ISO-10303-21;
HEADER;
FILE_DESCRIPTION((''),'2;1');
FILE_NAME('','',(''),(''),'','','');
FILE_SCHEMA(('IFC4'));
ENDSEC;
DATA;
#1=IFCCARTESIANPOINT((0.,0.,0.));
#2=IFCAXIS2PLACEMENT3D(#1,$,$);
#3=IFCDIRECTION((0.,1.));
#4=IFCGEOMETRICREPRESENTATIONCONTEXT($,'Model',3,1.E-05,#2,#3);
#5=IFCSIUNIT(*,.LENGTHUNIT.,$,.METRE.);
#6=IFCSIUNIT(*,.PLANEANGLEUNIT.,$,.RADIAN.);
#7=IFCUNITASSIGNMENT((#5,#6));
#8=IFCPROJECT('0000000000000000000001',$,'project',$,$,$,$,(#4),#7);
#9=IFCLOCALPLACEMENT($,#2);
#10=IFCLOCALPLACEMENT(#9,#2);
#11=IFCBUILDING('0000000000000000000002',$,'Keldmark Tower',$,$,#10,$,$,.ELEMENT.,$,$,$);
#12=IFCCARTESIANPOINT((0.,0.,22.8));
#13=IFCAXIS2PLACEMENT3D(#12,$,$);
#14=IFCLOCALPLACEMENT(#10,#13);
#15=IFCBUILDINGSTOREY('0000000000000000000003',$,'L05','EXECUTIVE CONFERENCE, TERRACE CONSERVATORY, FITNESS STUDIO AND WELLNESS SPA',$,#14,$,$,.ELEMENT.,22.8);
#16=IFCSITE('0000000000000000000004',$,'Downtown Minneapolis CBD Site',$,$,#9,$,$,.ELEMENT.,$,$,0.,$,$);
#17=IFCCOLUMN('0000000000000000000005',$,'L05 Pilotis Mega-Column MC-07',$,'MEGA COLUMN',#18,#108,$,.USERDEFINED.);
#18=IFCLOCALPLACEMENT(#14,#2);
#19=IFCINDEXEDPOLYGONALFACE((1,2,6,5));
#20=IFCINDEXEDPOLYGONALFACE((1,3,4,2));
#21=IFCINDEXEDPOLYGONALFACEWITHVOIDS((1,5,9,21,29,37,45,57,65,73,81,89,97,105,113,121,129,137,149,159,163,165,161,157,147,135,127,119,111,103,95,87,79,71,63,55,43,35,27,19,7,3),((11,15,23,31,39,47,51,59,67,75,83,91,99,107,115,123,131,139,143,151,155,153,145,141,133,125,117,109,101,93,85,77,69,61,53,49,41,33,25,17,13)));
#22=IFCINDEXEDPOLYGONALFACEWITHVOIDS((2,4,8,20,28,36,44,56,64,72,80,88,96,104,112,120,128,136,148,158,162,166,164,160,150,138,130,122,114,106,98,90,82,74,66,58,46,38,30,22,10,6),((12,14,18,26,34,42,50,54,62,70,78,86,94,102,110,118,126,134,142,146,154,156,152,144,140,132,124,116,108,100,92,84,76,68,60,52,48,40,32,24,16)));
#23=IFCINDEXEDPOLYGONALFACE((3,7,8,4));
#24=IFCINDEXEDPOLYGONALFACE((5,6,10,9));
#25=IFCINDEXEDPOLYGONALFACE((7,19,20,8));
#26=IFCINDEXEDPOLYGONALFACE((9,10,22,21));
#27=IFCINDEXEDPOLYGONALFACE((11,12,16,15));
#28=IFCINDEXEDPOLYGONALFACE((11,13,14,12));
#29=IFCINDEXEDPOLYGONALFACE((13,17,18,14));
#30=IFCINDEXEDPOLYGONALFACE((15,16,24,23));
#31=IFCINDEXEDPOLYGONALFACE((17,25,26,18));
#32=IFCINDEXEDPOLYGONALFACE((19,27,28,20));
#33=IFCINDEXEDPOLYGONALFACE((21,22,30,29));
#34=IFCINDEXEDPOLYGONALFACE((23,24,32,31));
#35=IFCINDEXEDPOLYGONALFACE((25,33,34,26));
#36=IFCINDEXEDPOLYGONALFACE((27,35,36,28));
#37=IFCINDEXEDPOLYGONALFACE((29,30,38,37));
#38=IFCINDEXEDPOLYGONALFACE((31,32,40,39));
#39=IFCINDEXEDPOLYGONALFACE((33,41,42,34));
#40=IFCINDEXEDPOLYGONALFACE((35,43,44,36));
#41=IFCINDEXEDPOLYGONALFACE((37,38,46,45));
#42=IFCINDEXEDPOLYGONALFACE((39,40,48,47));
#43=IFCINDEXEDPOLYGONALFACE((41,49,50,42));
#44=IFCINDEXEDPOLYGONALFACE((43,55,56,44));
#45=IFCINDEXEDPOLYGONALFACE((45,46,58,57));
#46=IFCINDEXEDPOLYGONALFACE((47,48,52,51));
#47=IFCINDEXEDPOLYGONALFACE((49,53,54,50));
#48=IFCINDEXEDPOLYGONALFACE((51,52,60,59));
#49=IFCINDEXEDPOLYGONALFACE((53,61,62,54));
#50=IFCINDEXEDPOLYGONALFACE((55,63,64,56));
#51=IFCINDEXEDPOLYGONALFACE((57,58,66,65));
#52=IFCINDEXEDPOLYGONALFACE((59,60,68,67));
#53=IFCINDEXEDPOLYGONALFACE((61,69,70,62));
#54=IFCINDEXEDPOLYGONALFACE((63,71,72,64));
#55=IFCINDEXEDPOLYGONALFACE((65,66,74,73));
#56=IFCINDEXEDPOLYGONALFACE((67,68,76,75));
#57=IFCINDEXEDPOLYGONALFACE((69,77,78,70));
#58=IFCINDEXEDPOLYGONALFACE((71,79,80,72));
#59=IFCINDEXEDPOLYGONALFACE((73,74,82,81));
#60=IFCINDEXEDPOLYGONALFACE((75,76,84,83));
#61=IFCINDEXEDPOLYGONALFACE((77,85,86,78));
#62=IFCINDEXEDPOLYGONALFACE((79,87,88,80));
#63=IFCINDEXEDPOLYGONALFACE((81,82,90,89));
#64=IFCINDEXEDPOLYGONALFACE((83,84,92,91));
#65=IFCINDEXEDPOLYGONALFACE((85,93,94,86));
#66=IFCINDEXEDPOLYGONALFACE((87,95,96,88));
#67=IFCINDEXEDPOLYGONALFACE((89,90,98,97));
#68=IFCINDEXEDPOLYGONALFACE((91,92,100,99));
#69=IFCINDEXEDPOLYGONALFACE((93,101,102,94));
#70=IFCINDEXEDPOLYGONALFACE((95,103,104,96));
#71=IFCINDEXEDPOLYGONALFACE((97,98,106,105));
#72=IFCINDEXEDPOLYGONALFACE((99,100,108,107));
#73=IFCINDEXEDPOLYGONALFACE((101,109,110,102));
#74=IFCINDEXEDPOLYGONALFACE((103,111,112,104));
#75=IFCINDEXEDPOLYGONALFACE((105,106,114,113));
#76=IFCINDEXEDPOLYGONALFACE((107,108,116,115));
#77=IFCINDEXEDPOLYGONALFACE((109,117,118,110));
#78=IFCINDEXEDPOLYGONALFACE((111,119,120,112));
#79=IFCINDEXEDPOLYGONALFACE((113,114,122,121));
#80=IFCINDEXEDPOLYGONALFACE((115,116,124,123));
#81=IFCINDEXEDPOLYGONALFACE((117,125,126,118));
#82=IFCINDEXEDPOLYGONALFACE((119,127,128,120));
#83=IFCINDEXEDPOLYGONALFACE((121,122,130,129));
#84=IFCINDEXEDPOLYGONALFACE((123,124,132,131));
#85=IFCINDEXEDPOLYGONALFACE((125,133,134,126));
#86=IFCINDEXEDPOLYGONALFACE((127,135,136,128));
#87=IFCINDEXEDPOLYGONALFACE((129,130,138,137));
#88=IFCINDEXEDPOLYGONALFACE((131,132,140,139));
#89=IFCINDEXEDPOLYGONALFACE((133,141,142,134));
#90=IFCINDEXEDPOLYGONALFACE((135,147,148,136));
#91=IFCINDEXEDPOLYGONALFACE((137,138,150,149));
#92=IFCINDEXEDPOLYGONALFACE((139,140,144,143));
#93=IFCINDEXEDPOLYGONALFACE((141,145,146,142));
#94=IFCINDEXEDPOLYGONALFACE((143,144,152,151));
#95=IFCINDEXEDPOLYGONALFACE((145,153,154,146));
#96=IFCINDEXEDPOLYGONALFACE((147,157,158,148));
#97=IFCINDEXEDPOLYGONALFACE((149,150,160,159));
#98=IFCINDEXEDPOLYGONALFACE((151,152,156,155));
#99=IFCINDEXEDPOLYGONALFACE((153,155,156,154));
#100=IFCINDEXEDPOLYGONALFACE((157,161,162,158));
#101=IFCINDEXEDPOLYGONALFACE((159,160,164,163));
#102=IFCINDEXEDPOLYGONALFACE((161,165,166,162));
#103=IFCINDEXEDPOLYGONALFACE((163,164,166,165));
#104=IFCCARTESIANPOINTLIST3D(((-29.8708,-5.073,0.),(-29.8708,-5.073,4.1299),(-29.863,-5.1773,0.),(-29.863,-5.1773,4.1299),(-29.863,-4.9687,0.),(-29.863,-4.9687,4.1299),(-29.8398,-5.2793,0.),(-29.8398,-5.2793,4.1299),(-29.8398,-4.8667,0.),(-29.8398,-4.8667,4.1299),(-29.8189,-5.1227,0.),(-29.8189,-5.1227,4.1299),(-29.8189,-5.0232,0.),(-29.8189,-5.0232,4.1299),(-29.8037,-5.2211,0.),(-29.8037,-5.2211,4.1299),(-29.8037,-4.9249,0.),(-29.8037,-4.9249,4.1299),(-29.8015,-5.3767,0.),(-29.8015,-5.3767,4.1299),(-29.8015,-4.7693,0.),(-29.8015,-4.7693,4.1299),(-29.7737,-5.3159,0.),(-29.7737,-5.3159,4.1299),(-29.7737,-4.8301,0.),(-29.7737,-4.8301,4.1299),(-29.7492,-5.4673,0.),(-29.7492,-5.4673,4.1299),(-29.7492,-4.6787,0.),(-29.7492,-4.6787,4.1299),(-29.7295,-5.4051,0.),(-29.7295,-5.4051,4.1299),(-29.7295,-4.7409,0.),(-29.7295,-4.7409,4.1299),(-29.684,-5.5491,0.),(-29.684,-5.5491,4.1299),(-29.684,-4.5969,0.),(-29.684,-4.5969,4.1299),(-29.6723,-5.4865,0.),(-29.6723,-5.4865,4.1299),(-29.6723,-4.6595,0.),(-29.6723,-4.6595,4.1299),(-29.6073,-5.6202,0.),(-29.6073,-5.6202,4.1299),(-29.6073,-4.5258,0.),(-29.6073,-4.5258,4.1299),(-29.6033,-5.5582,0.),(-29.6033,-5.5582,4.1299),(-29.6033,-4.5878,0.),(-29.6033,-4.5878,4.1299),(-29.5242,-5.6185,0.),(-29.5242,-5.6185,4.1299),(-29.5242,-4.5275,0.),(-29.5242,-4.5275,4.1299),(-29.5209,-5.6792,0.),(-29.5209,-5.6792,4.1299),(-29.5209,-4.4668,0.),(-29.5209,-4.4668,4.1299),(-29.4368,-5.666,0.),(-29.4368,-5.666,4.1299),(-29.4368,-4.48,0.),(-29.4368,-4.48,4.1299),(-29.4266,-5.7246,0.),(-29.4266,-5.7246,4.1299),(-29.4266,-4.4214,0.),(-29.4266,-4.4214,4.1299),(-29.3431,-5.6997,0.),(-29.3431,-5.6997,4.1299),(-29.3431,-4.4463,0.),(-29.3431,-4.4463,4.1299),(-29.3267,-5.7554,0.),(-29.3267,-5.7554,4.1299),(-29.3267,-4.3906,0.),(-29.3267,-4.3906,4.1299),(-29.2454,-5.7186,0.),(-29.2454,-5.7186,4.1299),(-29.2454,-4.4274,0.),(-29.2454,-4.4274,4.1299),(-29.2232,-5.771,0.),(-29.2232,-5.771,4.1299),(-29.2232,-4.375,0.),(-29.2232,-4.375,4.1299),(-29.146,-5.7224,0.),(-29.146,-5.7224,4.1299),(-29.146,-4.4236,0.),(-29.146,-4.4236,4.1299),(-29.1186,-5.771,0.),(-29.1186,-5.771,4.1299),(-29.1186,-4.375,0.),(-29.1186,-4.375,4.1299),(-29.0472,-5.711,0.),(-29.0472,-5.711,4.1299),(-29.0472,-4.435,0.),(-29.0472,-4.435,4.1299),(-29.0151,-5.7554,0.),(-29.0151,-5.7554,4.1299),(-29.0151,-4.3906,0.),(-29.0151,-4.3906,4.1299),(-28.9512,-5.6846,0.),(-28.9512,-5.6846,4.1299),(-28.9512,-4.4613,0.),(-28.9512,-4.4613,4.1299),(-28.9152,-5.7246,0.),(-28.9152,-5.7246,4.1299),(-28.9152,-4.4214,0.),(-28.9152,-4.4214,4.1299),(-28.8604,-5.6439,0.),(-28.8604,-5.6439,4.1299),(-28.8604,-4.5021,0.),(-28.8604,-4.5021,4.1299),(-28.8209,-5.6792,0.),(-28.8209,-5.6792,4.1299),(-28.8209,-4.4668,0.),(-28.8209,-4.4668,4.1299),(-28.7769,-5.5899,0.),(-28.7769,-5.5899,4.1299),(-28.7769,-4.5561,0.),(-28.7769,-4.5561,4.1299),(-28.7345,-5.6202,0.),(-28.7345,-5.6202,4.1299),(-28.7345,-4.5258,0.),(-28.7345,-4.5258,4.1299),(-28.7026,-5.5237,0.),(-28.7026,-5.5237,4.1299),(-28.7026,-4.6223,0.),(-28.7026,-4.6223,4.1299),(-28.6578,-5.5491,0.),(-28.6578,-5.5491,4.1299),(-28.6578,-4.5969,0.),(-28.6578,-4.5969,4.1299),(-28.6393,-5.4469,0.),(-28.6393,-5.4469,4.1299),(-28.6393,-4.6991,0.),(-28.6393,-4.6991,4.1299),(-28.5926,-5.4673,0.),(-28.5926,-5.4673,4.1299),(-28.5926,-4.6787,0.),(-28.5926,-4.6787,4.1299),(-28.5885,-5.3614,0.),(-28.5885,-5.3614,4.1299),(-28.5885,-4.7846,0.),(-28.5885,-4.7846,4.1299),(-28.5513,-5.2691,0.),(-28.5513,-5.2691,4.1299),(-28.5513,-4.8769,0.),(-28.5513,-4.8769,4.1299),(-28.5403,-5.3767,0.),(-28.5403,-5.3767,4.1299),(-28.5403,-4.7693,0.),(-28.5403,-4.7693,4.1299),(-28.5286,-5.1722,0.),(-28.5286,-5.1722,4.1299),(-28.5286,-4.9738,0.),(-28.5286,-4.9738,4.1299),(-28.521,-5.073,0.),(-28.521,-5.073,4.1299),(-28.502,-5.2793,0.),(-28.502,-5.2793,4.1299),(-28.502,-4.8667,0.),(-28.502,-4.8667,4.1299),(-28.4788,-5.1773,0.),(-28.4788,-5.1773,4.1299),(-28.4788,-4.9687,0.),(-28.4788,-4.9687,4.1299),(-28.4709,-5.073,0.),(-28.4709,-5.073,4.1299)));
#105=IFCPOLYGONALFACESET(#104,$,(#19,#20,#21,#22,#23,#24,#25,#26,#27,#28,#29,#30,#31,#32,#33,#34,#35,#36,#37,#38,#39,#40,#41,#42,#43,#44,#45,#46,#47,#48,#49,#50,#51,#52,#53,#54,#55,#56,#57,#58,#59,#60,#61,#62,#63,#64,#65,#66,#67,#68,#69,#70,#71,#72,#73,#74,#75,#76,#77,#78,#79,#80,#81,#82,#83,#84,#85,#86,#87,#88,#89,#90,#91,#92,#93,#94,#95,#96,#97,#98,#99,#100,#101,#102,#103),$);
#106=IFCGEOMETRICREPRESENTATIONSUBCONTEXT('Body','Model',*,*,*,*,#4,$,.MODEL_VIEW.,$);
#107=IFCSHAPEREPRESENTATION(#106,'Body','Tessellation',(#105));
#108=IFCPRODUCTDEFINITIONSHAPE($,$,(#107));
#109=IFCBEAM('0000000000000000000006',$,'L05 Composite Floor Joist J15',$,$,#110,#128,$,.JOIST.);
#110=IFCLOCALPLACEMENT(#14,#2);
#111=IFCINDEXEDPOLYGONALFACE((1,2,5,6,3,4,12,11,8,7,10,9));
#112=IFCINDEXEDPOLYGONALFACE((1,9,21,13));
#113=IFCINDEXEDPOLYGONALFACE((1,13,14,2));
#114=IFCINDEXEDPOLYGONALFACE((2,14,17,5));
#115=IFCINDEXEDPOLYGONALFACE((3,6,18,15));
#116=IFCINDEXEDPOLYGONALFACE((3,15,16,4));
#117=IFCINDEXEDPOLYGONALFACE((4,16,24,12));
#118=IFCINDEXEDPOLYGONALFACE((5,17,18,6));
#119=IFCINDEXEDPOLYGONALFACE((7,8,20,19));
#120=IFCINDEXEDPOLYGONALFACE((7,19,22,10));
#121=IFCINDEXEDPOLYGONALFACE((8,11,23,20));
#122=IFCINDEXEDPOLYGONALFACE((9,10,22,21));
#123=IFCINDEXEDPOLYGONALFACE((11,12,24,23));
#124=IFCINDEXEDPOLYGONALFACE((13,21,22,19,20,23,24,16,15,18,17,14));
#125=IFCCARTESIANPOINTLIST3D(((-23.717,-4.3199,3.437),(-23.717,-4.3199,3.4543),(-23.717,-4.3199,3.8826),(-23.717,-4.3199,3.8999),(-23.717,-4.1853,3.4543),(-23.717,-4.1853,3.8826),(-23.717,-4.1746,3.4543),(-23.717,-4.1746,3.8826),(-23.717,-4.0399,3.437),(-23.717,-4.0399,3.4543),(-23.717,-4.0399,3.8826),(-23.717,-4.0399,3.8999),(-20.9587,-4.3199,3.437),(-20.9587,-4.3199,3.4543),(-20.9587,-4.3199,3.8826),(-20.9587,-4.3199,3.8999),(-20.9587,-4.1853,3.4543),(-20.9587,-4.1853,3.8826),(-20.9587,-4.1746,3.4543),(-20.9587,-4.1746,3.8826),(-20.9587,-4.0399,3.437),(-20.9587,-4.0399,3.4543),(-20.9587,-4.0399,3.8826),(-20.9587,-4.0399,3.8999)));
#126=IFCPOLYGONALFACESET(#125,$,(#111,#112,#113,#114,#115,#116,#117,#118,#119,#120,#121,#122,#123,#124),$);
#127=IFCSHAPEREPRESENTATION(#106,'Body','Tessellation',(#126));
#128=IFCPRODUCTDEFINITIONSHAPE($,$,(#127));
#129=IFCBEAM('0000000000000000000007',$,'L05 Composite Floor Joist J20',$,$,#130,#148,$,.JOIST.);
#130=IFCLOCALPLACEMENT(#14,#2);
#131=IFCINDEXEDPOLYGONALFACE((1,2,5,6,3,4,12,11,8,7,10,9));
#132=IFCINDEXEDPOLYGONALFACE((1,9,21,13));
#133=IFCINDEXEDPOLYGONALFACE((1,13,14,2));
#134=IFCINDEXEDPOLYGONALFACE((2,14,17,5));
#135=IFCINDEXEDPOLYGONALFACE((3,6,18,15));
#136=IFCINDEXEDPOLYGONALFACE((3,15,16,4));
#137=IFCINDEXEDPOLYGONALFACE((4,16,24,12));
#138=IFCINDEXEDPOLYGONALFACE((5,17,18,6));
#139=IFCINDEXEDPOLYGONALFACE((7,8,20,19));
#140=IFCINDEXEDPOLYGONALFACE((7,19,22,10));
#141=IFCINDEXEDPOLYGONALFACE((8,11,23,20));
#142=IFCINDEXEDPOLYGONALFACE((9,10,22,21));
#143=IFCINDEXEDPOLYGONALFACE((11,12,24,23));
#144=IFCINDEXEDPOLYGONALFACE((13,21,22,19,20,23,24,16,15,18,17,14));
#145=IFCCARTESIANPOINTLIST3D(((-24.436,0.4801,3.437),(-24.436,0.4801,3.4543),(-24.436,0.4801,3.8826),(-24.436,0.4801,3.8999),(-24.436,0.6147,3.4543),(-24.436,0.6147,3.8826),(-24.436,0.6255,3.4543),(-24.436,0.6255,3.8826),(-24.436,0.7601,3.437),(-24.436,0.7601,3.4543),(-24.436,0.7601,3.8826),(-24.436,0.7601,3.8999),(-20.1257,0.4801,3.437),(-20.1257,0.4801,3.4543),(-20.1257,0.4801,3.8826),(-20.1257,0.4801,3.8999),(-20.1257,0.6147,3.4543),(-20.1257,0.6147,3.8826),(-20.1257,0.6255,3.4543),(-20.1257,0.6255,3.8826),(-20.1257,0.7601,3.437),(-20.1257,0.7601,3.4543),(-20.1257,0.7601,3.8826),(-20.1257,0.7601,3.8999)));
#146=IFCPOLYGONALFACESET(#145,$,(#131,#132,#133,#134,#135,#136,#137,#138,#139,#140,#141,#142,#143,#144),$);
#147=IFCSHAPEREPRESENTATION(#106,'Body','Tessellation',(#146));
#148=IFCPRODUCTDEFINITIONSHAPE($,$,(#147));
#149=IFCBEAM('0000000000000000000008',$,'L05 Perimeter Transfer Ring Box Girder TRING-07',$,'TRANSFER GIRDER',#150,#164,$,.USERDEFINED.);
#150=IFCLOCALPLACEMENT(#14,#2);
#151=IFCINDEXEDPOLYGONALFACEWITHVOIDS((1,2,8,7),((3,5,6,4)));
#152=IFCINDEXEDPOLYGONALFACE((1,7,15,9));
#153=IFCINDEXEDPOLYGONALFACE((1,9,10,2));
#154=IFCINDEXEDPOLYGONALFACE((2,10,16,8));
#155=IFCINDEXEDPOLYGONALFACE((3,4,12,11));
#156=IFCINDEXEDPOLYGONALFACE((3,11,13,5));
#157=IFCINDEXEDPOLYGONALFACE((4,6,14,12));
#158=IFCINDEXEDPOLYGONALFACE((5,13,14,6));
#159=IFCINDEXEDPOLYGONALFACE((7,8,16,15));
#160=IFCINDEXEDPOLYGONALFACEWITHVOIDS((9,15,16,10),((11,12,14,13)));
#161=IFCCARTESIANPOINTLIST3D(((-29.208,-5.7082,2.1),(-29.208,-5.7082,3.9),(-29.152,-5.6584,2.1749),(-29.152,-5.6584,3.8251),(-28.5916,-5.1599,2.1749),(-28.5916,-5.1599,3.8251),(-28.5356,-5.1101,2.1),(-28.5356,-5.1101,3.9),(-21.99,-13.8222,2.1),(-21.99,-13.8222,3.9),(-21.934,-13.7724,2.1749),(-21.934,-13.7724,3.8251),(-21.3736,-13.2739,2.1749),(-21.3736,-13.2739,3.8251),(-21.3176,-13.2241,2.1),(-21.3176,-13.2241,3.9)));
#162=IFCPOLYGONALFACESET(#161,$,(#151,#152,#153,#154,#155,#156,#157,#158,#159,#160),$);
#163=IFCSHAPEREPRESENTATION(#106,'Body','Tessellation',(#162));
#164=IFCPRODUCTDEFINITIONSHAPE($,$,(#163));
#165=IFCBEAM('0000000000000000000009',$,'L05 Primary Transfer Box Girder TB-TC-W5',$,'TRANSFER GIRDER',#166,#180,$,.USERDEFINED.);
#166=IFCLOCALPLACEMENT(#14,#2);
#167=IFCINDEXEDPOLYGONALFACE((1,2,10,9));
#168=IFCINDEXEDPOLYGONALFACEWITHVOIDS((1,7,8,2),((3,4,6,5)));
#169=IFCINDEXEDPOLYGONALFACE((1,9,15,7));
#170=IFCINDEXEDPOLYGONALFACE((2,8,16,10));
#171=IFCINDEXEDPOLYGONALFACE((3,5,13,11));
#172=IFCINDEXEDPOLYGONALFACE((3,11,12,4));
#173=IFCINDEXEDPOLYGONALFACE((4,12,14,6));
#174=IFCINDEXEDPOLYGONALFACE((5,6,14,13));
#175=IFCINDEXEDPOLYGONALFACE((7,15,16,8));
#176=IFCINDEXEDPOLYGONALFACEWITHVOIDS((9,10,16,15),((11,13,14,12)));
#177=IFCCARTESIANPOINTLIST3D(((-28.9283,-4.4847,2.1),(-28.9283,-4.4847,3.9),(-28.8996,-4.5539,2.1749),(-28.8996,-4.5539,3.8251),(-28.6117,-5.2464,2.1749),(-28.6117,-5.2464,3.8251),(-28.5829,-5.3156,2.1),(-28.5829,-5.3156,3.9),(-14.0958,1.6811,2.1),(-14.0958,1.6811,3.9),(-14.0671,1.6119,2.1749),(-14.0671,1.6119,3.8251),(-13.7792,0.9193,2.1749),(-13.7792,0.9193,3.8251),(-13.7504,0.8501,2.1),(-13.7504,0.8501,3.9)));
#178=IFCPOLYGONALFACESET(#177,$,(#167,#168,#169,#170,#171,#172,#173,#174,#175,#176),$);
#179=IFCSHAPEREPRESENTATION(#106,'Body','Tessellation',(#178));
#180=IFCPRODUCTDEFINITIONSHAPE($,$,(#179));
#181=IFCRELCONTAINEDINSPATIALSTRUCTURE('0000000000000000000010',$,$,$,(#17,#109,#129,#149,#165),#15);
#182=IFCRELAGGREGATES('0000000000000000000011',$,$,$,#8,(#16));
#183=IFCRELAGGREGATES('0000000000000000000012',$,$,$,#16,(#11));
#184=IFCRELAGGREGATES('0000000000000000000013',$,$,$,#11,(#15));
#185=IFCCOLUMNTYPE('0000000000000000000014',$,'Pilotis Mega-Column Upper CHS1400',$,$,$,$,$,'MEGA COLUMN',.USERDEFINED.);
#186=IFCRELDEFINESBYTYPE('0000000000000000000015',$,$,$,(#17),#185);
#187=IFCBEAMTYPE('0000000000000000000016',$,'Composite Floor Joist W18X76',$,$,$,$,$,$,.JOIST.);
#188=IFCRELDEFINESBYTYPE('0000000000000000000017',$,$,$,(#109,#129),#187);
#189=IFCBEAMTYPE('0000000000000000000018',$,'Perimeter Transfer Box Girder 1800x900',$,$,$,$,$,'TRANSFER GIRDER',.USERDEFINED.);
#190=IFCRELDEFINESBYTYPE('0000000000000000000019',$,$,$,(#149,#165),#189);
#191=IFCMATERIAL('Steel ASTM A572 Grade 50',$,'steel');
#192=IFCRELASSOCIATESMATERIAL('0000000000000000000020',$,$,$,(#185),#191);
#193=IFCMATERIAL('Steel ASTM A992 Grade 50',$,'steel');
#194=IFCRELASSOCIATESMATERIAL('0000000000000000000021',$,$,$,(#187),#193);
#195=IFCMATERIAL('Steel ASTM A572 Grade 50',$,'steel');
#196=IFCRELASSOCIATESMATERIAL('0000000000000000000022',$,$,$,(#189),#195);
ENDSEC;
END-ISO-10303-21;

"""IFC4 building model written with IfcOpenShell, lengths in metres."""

from ifc_helpers import new_model, si_unit, direction, frame, origin, origin_2d, place, context, subcontext, project, spatial, hollow_rectangle, hollow_circle, i_section, extrude, material, material_profile, profile_set, type_object, element, save


model = new_model("IFC4")

# Units and contexts
model_context = context("Model", 3, precision=1e-05, world=origin(), true_north=direction((0.0, 1.0)))
body_context = subcontext(model_context, "Body", "Model", "MODEL_VIEW")
ifc_project = project(units=[si_unit("LENGTHUNIT", "METRE"), si_unit("PLANEANGLEUNIT", "RADIAN")], contexts=[model_context])

# Site, building, storey
site_placement = place(None, origin())
site = spatial("IfcSite", under=ifc_project, at=site_placement, Name="Downtown Minneapolis CBD Site", CompositionType="ELEMENT", RefElevation=0.0)
building_placement = place(site_placement, origin())
building = spatial("IfcBuilding", under=site, at=building_placement, Name="Keldmark Tower", CompositionType="ELEMENT")
storey_placement = place(building_placement, frame((0.0, 0.0, 22.8)))
storey = spatial("IfcBuildingStorey", under=building, at=storey_placement, Name="L05", Description="EXECUTIVE CONFERENCE, TERRACE CONSERVATORY, FITNESS STUDIO AND WELLNESS SPA", CompositionType="ELEMENT", Elevation=22.8)

# Column
ifc_material_1 = material(Name="Steel ASTM A572 Grade 50", Category="steel")
ifc_material_profile_1 = material_profile(ifc_material_1, hollow_circle(Radius=0.7, WallThickness=0.05, at=origin_2d()), Name="CHS1400X50")
ifc_profile_set_1 = profile_set([ifc_material_profile_1], Name="Steel ASTM A572 Grade 50")
column_type = type_object("IfcColumnType", Name="Pilotis Mega-Column Upper CHS1400", ElementType="MEGA COLUMN", PredefinedType="USERDEFINED", material=ifc_profile_set_1)
column_placement = place(storey_placement, frame((-29.1709, -5.073, 0.0), z_axis=(0.0, 0.0, 1.0), x_axis=(1.0, 0.0, 0.0)))
element("IfcColumn", 1, at=column_placement, inside=storey, type_object=column_type, Name="L05 Pilotis Mega-Column MC-07", ObjectType="MEGA COLUMN", PredefinedType="USERDEFINED", context=body_context, shape_type="SweptSolid", body=[
    extrude(hollow_circle(Radius=0.7, WallThickness=0.05, at=origin_2d()), origin(), (0.0, 0.0, 1.0), 4.1299),
])

# Beams
ifc_material_2 = material(Name="Steel ASTM A992 Grade 50", Category="steel")
ifc_material_profile_2 = material_profile(ifc_material_2, i_section(OverallWidth=0.28, OverallDepth=0.4629, WebThickness=0.0107, FlangeThickness=0.0173, at=origin_2d()), Name="W18X76")
ifc_profile_set_2 = profile_set([ifc_material_profile_2], Name="Steel ASTM A992 Grade 50")
beam_type_1 = type_object("IfcBeamType", Name="Composite Floor Joist W18X76", PredefinedType="JOIST", material=ifc_profile_set_2)
beam_1_placement = place(storey_placement, frame((-23.717, -4.1799, 3.6685), z_axis=(1.0, 0.0, 0.0), x_axis=(0.0, 1.0, 0.0)))
element("IfcBeam", 2, at=beam_1_placement, inside=storey, type_object=beam_type_1, Name="L05 Composite Floor Joist J15", PredefinedType="JOIST", context=body_context, shape_type="SweptSolid", body=[
    extrude(i_section(OverallWidth=0.28, OverallDepth=0.4629, WebThickness=0.0107, FlangeThickness=0.0173, at=origin_2d()), origin(), (0.0, 0.0, 1.0), 2.7583),
])
beam_2_placement = place(storey_placement, frame((-24.436, 0.6201, 3.6685), z_axis=(1.0, 0.0, 0.0), x_axis=(0.0, 1.0, 0.0)))
element("IfcBeam", 3, at=beam_2_placement, inside=storey, type_object=beam_type_1, Name="L05 Composite Floor Joist J20", PredefinedType="JOIST", context=body_context, shape_type="SweptSolid", body=[
    extrude(i_section(OverallWidth=0.28, OverallDepth=0.4629, WebThickness=0.0107, FlangeThickness=0.0173, at=origin_2d()), origin(), (0.0, 0.0, 1.0), 4.3103),
])
ifc_material_3 = material(Name="Steel ASTM A572 Grade 50", Category="steel")
ifc_material_profile_3 = material_profile(ifc_material_3, hollow_rectangle(XDim=0.8999, YDim=1.8, WallThickness=0.075, at=origin_2d()), Name="TBOX1800X900X75")
ifc_profile_set_3 = profile_set([ifc_material_profile_3], Name="Steel ASTM A572 Grade 50")
beam_type_2 = type_object("IfcBeamType", Name="Perimeter Transfer Box Girder 1800x900", ElementType="TRANSFER GIRDER", PredefinedType="USERDEFINED", material=ifc_profile_set_3)
beam_3_placement = place(storey_placement, frame((-28.8718, -5.4092, 3.0), z_axis=(0.66465, -0.747155, 0.0), x_axis=(0.747155, 0.66465, 0.0)))
element("IfcBeam", 4, at=beam_3_placement, inside=storey, type_object=beam_type_2, Name="L05 Perimeter Transfer Ring Box Girder TRING-07", ObjectType="TRANSFER GIRDER", PredefinedType="USERDEFINED", context=body_context, shape_type="SweptSolid", body=[
    extrude(hollow_rectangle(XDim=0.8999, YDim=1.8, WallThickness=0.075, at=origin_2d()), origin(), (0.0, 0.0, 1.0), 10.8599),
])
beam_4_placement = place(storey_placement, frame((-28.7556, -4.9001, 3.0), z_axis=(0.923396, 0.383849, 0.0), x_axis=(-0.383849, 0.923396, 0.0)))
element("IfcBeam", 5, at=beam_4_placement, inside=storey, type_object=beam_type_2, Name="L05 Primary Transfer Box Girder TB-TC-W5", ObjectType="TRANSFER GIRDER", PredefinedType="USERDEFINED", context=body_context, shape_type="SweptSolid", body=[
    extrude(hollow_rectangle(XDim=0.8999, YDim=1.8, WallThickness=0.075, at=origin_2d()), origin(), (0.0, 0.0, 1.0), 16.063),
])

save(model, "model.ifc")
